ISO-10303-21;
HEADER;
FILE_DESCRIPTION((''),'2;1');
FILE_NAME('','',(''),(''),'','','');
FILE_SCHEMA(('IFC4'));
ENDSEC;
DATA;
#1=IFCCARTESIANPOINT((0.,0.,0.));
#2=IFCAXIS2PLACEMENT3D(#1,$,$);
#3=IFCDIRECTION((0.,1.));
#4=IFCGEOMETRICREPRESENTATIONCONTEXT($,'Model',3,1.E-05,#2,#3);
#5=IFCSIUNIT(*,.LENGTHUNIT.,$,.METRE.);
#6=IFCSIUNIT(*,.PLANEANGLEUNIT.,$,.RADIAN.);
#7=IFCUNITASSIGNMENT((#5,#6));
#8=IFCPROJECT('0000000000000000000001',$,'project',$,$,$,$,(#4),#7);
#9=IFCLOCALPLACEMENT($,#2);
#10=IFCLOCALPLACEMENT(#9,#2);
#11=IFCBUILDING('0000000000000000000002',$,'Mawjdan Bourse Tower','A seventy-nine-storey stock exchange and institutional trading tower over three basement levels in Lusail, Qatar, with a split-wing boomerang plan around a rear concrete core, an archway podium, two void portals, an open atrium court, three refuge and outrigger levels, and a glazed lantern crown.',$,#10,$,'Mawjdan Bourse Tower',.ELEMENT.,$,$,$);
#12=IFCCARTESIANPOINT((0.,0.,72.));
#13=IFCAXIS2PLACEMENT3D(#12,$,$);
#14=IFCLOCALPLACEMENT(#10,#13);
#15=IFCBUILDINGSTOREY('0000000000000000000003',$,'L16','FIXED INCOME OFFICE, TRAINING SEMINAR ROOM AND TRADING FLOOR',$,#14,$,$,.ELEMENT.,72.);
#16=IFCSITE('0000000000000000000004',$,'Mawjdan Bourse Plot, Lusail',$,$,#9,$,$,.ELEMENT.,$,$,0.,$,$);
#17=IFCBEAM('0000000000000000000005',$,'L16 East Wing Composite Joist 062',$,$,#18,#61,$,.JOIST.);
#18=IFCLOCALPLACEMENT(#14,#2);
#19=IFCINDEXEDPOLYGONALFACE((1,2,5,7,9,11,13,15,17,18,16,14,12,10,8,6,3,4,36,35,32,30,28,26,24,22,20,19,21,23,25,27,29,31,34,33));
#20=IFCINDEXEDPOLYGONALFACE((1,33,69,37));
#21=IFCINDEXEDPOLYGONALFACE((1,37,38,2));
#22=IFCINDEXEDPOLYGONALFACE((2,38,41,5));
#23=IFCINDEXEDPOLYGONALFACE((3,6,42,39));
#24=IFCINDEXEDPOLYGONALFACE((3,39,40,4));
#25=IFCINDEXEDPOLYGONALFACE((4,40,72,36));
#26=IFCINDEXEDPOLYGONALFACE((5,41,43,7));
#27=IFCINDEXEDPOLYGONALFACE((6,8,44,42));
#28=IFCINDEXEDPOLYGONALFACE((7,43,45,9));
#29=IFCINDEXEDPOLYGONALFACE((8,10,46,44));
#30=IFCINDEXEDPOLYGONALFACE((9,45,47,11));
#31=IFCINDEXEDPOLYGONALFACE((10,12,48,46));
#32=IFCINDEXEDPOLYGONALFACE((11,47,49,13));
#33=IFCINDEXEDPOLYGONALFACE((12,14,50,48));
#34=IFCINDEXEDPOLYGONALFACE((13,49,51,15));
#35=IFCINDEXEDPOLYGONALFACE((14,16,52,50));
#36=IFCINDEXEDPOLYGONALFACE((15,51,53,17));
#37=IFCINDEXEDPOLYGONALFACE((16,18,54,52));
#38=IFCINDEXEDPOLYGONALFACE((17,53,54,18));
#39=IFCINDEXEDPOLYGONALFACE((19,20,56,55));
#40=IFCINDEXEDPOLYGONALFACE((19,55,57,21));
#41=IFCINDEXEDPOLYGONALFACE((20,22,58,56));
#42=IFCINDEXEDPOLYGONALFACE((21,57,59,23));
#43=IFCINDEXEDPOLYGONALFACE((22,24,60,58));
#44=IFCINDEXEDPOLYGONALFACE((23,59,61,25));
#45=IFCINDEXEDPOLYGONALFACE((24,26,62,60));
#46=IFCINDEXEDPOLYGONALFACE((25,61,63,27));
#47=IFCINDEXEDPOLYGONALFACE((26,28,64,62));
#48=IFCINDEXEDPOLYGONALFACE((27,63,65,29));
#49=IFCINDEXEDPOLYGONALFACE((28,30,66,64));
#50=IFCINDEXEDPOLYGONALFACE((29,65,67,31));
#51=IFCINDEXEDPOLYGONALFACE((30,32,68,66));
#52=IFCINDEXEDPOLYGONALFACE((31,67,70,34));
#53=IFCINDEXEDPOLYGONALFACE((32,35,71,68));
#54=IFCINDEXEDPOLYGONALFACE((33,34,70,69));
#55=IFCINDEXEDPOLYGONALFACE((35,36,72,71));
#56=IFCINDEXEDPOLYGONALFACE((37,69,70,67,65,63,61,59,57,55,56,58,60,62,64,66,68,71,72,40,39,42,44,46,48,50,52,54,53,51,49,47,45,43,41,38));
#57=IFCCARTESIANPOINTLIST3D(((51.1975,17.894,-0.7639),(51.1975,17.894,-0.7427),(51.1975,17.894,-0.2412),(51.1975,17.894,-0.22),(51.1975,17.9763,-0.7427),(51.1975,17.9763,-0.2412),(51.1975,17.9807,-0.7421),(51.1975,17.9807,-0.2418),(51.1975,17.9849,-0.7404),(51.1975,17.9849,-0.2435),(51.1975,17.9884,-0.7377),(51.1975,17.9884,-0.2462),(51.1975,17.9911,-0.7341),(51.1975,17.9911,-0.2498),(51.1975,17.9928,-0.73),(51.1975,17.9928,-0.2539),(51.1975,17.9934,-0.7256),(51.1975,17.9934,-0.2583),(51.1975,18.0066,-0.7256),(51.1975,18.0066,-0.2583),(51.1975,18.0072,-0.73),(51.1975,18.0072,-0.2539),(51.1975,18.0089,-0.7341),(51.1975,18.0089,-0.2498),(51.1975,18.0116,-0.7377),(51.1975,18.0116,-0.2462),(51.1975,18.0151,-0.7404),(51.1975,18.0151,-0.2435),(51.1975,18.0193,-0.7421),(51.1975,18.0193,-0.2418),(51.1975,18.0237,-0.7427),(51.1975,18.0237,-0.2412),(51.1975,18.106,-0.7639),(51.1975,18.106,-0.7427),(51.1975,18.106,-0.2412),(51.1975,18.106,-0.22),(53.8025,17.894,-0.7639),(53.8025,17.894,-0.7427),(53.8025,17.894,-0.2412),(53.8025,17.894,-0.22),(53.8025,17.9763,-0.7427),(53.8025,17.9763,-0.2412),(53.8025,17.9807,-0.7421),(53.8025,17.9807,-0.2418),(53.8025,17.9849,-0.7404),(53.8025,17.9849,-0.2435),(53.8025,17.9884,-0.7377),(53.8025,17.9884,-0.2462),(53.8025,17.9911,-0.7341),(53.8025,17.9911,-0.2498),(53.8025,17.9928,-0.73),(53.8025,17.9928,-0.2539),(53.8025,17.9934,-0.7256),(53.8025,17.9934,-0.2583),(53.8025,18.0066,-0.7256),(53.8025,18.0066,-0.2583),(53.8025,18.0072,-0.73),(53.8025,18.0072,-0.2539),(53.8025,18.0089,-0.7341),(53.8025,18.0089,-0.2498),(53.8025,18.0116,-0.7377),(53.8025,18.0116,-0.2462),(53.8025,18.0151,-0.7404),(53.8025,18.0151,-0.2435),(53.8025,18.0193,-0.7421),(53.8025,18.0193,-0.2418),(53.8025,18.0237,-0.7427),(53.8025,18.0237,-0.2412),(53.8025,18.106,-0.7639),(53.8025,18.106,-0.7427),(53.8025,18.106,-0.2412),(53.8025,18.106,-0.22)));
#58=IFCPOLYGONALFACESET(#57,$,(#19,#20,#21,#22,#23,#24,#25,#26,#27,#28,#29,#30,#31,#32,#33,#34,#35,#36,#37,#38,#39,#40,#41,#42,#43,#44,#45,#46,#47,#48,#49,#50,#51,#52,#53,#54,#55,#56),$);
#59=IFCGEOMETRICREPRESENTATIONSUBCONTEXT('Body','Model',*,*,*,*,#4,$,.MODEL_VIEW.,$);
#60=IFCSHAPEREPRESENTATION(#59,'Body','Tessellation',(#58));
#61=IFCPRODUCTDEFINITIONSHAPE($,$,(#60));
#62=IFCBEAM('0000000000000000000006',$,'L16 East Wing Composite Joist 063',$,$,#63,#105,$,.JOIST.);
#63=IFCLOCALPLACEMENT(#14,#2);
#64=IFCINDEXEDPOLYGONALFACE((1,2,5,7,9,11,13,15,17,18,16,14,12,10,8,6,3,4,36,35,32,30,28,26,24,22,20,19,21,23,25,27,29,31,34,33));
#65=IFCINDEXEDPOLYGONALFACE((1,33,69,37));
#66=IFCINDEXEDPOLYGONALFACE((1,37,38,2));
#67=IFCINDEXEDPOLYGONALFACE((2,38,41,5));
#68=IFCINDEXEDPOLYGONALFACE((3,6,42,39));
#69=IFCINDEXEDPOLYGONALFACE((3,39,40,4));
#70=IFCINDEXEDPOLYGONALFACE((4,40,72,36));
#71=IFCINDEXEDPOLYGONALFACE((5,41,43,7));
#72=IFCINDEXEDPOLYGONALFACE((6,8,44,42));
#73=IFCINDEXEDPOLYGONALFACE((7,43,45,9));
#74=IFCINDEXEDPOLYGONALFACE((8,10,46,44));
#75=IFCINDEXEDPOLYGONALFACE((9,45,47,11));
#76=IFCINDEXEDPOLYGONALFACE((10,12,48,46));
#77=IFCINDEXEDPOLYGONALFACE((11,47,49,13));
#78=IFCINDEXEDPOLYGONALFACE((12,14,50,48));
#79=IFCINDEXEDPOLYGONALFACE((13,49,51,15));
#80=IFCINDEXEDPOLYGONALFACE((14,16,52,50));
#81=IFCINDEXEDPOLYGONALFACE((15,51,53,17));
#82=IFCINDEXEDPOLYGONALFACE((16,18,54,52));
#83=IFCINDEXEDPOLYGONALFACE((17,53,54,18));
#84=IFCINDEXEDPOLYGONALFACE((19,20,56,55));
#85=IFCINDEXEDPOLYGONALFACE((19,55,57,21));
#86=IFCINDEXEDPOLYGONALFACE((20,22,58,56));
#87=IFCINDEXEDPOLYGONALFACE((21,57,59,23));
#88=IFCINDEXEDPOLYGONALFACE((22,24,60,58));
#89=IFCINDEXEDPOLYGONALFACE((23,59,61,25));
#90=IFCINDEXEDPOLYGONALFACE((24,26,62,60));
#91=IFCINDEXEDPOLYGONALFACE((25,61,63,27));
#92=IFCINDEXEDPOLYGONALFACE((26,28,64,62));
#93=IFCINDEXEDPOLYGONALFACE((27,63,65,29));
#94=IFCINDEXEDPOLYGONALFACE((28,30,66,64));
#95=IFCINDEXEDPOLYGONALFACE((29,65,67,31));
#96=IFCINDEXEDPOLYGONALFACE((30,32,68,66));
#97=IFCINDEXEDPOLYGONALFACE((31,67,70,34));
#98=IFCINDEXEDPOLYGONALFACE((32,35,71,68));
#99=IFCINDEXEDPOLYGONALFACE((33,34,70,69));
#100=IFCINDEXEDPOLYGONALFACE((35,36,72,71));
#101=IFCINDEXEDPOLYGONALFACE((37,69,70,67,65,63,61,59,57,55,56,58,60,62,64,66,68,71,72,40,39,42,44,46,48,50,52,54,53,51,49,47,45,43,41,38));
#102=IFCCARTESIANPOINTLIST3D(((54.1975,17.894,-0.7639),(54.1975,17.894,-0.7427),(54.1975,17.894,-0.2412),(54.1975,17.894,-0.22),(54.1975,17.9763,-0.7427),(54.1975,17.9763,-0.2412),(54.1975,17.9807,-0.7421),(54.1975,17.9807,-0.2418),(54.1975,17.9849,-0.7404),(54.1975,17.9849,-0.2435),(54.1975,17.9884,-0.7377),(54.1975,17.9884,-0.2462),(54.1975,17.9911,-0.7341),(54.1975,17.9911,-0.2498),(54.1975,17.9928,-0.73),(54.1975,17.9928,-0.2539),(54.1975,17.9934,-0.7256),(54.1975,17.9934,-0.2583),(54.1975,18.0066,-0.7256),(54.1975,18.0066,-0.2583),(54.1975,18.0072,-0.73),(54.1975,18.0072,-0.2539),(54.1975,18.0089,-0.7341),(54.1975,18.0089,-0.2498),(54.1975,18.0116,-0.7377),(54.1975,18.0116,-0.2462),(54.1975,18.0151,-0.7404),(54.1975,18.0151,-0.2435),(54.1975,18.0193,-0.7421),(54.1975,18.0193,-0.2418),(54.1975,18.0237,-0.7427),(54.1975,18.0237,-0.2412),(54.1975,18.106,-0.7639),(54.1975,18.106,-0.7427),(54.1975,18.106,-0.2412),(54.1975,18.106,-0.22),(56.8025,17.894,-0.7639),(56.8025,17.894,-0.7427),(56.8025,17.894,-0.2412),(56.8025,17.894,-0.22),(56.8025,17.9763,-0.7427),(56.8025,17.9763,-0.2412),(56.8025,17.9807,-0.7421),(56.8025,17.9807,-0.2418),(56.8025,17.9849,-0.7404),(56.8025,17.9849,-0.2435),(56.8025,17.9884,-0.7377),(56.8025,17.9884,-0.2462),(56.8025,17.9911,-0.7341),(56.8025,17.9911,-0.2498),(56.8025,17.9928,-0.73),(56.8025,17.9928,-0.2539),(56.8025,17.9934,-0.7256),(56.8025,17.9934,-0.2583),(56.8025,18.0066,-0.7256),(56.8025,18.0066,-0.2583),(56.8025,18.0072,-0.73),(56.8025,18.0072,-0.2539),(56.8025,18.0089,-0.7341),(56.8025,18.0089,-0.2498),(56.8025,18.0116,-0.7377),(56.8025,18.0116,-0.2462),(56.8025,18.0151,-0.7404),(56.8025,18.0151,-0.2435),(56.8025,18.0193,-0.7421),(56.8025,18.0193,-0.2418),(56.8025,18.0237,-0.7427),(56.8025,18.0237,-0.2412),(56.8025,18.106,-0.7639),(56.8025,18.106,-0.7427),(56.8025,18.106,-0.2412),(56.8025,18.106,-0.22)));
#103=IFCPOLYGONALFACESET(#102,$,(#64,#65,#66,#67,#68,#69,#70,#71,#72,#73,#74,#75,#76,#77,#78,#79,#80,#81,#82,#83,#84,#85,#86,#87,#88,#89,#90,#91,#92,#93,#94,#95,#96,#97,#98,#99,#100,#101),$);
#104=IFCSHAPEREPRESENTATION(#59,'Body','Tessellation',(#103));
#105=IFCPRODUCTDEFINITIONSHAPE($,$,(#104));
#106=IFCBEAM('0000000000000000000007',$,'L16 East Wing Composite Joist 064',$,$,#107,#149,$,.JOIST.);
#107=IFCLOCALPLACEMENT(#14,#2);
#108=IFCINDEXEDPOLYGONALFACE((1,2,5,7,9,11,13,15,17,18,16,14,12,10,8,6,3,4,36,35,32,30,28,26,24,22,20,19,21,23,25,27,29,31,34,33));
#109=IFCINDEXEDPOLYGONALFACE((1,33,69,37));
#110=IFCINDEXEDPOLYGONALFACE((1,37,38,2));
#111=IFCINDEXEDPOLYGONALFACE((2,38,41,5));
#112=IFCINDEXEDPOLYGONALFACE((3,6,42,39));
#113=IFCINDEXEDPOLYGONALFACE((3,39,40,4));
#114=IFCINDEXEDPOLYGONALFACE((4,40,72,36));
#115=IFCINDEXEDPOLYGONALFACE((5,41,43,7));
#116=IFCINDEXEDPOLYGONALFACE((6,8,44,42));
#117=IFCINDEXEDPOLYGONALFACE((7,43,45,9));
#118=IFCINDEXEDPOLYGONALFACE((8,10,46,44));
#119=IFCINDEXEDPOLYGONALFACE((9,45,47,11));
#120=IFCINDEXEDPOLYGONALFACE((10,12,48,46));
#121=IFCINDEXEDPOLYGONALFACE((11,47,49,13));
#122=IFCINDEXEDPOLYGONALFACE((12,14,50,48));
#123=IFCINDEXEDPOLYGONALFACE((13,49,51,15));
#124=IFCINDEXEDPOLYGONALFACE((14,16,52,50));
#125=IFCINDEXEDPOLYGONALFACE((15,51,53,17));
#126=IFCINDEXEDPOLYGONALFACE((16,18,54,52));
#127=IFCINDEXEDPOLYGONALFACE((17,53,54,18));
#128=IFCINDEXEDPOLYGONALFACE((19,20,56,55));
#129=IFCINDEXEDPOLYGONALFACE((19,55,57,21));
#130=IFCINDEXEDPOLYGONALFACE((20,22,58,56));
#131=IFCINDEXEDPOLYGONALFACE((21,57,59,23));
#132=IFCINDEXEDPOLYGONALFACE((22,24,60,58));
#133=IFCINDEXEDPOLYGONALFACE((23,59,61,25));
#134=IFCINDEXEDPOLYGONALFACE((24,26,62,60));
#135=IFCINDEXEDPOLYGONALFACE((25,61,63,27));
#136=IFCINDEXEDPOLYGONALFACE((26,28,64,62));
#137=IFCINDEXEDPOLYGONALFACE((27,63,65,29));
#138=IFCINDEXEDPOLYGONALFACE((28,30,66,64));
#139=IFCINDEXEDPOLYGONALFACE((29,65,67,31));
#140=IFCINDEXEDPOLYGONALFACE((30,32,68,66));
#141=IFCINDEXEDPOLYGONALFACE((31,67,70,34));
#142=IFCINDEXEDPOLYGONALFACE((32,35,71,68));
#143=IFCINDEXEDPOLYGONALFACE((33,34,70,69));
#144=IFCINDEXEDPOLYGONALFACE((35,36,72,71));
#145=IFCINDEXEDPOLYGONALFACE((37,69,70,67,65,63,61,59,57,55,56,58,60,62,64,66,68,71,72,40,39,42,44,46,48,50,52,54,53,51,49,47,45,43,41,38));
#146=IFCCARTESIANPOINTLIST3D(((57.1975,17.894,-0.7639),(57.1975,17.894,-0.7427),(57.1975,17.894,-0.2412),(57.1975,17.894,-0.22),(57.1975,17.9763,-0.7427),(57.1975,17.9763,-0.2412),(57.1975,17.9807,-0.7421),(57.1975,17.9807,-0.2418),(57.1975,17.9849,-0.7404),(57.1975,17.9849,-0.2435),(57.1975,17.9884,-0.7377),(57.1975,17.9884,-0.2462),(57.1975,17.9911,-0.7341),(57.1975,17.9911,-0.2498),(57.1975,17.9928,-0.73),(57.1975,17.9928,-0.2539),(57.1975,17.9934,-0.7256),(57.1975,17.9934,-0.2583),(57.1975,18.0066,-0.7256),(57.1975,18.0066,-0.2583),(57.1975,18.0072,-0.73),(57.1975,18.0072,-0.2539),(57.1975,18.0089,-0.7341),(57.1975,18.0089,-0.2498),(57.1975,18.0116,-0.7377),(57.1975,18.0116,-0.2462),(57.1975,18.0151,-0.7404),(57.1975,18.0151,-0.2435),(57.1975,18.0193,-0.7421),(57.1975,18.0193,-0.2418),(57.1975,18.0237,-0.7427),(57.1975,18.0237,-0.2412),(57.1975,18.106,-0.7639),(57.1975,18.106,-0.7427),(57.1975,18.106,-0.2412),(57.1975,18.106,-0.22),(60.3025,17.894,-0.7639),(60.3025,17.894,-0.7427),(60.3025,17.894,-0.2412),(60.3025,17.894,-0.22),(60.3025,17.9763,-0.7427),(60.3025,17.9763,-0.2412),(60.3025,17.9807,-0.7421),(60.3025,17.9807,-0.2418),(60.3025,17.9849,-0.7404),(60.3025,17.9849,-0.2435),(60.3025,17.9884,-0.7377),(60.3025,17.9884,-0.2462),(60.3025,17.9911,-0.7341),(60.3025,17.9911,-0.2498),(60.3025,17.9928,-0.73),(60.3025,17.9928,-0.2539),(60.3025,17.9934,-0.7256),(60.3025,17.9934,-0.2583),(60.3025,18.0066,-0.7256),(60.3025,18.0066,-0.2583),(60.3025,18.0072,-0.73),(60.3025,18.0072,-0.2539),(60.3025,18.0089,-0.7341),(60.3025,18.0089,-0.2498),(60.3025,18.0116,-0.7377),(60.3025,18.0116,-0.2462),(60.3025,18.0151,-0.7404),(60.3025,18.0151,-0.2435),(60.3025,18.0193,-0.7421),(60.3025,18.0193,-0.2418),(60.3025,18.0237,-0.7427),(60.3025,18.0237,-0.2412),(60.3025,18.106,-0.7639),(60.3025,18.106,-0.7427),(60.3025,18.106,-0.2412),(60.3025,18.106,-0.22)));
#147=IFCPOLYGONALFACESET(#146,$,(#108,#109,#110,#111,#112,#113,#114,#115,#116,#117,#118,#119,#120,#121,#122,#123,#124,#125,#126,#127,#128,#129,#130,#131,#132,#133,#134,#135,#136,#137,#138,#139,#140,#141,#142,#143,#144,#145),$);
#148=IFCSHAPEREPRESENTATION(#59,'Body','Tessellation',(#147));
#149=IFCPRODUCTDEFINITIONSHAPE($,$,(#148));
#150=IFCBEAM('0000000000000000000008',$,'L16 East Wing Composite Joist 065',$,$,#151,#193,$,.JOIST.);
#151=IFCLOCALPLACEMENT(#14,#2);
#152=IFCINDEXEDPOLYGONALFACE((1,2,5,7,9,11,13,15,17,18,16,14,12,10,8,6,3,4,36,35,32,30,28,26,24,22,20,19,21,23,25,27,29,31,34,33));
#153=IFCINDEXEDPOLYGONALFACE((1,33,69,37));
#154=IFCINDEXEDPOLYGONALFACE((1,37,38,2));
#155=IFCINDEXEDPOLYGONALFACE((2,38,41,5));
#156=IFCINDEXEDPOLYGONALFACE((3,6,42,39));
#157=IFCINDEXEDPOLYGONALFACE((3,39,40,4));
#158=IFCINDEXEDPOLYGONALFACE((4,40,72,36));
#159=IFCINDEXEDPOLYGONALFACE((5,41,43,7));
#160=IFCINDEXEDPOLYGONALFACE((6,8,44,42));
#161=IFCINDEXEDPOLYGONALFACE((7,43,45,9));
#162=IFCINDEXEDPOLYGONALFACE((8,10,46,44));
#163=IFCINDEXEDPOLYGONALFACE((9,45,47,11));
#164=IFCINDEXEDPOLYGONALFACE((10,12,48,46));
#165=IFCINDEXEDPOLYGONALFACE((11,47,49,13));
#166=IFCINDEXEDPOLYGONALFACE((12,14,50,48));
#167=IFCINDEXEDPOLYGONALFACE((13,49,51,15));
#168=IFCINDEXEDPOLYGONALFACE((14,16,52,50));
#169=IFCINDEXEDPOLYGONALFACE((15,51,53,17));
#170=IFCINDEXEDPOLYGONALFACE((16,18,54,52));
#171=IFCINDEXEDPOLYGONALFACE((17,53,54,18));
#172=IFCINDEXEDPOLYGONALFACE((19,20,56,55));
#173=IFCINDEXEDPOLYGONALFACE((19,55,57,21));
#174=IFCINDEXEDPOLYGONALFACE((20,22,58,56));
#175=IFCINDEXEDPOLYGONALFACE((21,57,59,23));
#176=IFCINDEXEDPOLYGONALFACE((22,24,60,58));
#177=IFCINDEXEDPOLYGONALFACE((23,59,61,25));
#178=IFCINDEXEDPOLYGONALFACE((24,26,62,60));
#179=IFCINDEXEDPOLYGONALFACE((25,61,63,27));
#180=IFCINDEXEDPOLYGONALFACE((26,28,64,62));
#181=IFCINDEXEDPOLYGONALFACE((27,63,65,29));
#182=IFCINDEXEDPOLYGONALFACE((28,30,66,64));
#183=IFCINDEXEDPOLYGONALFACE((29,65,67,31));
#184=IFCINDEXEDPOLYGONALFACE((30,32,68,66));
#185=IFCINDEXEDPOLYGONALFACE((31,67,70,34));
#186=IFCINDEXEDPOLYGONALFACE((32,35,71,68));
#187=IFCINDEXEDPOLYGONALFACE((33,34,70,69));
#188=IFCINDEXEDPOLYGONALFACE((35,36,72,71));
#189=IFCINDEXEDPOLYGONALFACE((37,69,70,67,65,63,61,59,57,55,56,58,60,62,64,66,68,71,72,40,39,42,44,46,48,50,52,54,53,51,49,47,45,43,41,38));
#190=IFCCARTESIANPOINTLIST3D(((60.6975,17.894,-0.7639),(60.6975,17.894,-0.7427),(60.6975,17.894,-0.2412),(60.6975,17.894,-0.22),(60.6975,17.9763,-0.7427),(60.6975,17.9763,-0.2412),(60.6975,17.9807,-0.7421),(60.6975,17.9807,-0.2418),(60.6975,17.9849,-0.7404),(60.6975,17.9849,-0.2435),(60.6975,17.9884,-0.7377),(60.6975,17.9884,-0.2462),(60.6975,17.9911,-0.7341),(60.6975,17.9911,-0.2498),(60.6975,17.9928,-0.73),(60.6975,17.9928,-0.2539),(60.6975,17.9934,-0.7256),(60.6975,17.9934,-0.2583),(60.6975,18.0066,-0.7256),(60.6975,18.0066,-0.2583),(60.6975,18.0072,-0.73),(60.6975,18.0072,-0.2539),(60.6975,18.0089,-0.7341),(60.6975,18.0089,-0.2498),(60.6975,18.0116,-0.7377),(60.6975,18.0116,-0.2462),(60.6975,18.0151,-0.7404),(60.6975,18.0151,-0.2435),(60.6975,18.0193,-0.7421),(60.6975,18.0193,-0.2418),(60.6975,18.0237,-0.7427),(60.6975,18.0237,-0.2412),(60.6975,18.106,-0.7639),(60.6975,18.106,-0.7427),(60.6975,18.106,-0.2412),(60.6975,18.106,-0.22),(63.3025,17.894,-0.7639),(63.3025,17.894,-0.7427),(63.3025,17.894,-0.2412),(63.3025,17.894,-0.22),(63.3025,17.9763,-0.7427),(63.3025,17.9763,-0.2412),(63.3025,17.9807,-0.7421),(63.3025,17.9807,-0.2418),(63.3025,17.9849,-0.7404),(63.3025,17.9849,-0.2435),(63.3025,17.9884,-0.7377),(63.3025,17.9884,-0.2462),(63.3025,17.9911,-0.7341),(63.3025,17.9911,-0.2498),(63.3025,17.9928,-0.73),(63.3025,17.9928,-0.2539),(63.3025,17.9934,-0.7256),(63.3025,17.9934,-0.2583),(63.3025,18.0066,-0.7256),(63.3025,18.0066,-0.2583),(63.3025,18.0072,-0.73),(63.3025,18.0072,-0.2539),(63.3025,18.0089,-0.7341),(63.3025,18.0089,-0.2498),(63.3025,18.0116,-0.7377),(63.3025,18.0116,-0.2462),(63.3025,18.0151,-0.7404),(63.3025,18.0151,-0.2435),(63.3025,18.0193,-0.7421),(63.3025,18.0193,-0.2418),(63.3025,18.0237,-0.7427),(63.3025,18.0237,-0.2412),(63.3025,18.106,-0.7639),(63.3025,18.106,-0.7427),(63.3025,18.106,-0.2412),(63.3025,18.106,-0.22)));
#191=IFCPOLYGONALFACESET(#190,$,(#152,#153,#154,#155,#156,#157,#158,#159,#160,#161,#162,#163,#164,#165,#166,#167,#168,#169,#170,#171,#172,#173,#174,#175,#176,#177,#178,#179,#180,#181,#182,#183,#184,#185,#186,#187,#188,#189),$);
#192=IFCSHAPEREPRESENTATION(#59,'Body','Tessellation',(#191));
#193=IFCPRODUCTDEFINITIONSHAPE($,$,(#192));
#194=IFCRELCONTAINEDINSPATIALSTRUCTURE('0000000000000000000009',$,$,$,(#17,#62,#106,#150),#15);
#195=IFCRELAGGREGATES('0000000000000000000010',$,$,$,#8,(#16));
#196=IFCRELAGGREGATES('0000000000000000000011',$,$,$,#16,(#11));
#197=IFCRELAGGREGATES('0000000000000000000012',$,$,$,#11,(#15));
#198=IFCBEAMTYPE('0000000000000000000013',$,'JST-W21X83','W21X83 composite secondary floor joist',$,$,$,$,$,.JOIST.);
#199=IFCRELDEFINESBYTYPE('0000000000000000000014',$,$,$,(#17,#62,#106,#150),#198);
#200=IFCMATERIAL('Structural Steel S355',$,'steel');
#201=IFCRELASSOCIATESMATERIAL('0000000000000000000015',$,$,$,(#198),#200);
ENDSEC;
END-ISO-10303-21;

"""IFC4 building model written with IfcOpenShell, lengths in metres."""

from ifc_helpers import new_model, si_unit, direction, frame, origin, origin_2d, place, context, subcontext, project, spatial, i_section, extrude, material, material_profile, profile_set, type_object, element, save


model = new_model("IFC4")

# Units and contexts
model_context = context("Model", 3, precision=1e-05, world=origin(), true_north=direction((0.0, 1.0)))
body_context = subcontext(model_context, "Body", "Model", "MODEL_VIEW")
ifc_project = project(units=[si_unit("LENGTHUNIT", "METRE"), si_unit("PLANEANGLEUNIT", "RADIAN")], contexts=[model_context])

# Site, building, storey
site_placement = place(None, origin())
site = spatial("IfcSite", under=ifc_project, at=site_placement, Name="Mawjdan Bourse Plot, Lusail", CompositionType="ELEMENT", RefElevation=0.0)
building_placement = place(site_placement, origin())
building = spatial("IfcBuilding", under=site, at=building_placement, Name="Mawjdan Bourse Tower", Description="A seventy-nine-storey stock exchange and institutional trading tower over three basement levels in Lusail, Qatar, with a split-wing boomerang plan around a rear concrete core, an archway podium, two void portals, an open atrium court, three refuge and outrigger levels, and a glazed lantern crown.", LongName="Mawjdan Bourse Tower", CompositionType="ELEMENT")
storey_placement = place(building_placement, frame((0.0, 0.0, 72.0)))
storey = spatial("IfcBuildingStorey", under=building, at=storey_placement, Name="L16", Description="FIXED INCOME OFFICE, TRAINING SEMINAR ROOM AND TRADING FLOOR", CompositionType="ELEMENT", Elevation=72.0)

# Beams
ifc_material_1 = material(Name="Structural Steel S355", Category="steel")
ifc_material_profile_1 = material_profile(ifc_material_1, i_section(OverallWidth=0.2119, OverallDepth=0.5439, WebThickness=0.0132, FlangeThickness=0.0212, FilletRadius=0.0171, at=origin_2d()), Name="W21X83")
ifc_profile_set_1 = profile_set([ifc_material_profile_1], Name="Structural Steel S355")
beam_type_1 = type_object("IfcBeamType", Name="JST-W21X83", Description="W21X83 composite secondary floor joist", PredefinedType="JOIST", material=ifc_profile_set_1)
for number, where, z_axis, x_axis, name in (
    (1, (51.1975, 18.0, -0.4919), (1.0, 0.0, 0.0), (0.0, 1.0, 0.0), "L16 East Wing Composite Joist 062"),
    (2, (54.1975, 18.0, -0.4919), (1.0, 0.0, 0.0), (0.0, 1.0, 0.0), "L16 East Wing Composite Joist 063"),
):
    element("IfcBeam", number, at=place(storey_placement, frame(where, z_axis=z_axis, x_axis=x_axis)), inside=storey, type_object=beam_type_1, Name=name, PredefinedType="JOIST", context=body_context, shape_type="SweptSolid", body=[
        extrude(i_section(OverallWidth=0.2119, OverallDepth=0.5439, WebThickness=0.0132, FlangeThickness=0.0212, FilletRadius=0.0171, at=origin_2d()), origin(), (0.0, 0.0, 1.0), 2.605),
    ])
beam_1_placement = place(storey_placement, frame((57.1975, 18.0, -0.4919), z_axis=(1.0, 0.0, 0.0), x_axis=(0.0, 1.0, 0.0)))
element("IfcBeam", 3, at=beam_1_placement, inside=storey, type_object=beam_type_1, Name="L16 East Wing Composite Joist 064", PredefinedType="JOIST", context=body_context, shape_type="SweptSolid", body=[
    extrude(i_section(OverallWidth=0.2119, OverallDepth=0.5439, WebThickness=0.0132, FlangeThickness=0.0212, FilletRadius=0.0171, at=origin_2d()), origin(), (0.0, 0.0, 1.0), 3.105),
])
beam_2_placement = place(storey_placement, frame((60.6975, 18.0, -0.4919), z_axis=(1.0, 0.0, 0.0), x_axis=(0.0, 1.0, 0.0)))
element("IfcBeam", 4, at=beam_2_placement, inside=storey, type_object=beam_type_1, Name="L16 East Wing Composite Joist 065", PredefinedType="JOIST", context=body_context, shape_type="SweptSolid", body=[
    extrude(i_section(OverallWidth=0.2119, OverallDepth=0.5439, WebThickness=0.0132, FlangeThickness=0.0212, FilletRadius=0.0171, at=origin_2d()), origin(), (0.0, 0.0, 1.0), 2.605),
])

save(model, "model.ifc")
